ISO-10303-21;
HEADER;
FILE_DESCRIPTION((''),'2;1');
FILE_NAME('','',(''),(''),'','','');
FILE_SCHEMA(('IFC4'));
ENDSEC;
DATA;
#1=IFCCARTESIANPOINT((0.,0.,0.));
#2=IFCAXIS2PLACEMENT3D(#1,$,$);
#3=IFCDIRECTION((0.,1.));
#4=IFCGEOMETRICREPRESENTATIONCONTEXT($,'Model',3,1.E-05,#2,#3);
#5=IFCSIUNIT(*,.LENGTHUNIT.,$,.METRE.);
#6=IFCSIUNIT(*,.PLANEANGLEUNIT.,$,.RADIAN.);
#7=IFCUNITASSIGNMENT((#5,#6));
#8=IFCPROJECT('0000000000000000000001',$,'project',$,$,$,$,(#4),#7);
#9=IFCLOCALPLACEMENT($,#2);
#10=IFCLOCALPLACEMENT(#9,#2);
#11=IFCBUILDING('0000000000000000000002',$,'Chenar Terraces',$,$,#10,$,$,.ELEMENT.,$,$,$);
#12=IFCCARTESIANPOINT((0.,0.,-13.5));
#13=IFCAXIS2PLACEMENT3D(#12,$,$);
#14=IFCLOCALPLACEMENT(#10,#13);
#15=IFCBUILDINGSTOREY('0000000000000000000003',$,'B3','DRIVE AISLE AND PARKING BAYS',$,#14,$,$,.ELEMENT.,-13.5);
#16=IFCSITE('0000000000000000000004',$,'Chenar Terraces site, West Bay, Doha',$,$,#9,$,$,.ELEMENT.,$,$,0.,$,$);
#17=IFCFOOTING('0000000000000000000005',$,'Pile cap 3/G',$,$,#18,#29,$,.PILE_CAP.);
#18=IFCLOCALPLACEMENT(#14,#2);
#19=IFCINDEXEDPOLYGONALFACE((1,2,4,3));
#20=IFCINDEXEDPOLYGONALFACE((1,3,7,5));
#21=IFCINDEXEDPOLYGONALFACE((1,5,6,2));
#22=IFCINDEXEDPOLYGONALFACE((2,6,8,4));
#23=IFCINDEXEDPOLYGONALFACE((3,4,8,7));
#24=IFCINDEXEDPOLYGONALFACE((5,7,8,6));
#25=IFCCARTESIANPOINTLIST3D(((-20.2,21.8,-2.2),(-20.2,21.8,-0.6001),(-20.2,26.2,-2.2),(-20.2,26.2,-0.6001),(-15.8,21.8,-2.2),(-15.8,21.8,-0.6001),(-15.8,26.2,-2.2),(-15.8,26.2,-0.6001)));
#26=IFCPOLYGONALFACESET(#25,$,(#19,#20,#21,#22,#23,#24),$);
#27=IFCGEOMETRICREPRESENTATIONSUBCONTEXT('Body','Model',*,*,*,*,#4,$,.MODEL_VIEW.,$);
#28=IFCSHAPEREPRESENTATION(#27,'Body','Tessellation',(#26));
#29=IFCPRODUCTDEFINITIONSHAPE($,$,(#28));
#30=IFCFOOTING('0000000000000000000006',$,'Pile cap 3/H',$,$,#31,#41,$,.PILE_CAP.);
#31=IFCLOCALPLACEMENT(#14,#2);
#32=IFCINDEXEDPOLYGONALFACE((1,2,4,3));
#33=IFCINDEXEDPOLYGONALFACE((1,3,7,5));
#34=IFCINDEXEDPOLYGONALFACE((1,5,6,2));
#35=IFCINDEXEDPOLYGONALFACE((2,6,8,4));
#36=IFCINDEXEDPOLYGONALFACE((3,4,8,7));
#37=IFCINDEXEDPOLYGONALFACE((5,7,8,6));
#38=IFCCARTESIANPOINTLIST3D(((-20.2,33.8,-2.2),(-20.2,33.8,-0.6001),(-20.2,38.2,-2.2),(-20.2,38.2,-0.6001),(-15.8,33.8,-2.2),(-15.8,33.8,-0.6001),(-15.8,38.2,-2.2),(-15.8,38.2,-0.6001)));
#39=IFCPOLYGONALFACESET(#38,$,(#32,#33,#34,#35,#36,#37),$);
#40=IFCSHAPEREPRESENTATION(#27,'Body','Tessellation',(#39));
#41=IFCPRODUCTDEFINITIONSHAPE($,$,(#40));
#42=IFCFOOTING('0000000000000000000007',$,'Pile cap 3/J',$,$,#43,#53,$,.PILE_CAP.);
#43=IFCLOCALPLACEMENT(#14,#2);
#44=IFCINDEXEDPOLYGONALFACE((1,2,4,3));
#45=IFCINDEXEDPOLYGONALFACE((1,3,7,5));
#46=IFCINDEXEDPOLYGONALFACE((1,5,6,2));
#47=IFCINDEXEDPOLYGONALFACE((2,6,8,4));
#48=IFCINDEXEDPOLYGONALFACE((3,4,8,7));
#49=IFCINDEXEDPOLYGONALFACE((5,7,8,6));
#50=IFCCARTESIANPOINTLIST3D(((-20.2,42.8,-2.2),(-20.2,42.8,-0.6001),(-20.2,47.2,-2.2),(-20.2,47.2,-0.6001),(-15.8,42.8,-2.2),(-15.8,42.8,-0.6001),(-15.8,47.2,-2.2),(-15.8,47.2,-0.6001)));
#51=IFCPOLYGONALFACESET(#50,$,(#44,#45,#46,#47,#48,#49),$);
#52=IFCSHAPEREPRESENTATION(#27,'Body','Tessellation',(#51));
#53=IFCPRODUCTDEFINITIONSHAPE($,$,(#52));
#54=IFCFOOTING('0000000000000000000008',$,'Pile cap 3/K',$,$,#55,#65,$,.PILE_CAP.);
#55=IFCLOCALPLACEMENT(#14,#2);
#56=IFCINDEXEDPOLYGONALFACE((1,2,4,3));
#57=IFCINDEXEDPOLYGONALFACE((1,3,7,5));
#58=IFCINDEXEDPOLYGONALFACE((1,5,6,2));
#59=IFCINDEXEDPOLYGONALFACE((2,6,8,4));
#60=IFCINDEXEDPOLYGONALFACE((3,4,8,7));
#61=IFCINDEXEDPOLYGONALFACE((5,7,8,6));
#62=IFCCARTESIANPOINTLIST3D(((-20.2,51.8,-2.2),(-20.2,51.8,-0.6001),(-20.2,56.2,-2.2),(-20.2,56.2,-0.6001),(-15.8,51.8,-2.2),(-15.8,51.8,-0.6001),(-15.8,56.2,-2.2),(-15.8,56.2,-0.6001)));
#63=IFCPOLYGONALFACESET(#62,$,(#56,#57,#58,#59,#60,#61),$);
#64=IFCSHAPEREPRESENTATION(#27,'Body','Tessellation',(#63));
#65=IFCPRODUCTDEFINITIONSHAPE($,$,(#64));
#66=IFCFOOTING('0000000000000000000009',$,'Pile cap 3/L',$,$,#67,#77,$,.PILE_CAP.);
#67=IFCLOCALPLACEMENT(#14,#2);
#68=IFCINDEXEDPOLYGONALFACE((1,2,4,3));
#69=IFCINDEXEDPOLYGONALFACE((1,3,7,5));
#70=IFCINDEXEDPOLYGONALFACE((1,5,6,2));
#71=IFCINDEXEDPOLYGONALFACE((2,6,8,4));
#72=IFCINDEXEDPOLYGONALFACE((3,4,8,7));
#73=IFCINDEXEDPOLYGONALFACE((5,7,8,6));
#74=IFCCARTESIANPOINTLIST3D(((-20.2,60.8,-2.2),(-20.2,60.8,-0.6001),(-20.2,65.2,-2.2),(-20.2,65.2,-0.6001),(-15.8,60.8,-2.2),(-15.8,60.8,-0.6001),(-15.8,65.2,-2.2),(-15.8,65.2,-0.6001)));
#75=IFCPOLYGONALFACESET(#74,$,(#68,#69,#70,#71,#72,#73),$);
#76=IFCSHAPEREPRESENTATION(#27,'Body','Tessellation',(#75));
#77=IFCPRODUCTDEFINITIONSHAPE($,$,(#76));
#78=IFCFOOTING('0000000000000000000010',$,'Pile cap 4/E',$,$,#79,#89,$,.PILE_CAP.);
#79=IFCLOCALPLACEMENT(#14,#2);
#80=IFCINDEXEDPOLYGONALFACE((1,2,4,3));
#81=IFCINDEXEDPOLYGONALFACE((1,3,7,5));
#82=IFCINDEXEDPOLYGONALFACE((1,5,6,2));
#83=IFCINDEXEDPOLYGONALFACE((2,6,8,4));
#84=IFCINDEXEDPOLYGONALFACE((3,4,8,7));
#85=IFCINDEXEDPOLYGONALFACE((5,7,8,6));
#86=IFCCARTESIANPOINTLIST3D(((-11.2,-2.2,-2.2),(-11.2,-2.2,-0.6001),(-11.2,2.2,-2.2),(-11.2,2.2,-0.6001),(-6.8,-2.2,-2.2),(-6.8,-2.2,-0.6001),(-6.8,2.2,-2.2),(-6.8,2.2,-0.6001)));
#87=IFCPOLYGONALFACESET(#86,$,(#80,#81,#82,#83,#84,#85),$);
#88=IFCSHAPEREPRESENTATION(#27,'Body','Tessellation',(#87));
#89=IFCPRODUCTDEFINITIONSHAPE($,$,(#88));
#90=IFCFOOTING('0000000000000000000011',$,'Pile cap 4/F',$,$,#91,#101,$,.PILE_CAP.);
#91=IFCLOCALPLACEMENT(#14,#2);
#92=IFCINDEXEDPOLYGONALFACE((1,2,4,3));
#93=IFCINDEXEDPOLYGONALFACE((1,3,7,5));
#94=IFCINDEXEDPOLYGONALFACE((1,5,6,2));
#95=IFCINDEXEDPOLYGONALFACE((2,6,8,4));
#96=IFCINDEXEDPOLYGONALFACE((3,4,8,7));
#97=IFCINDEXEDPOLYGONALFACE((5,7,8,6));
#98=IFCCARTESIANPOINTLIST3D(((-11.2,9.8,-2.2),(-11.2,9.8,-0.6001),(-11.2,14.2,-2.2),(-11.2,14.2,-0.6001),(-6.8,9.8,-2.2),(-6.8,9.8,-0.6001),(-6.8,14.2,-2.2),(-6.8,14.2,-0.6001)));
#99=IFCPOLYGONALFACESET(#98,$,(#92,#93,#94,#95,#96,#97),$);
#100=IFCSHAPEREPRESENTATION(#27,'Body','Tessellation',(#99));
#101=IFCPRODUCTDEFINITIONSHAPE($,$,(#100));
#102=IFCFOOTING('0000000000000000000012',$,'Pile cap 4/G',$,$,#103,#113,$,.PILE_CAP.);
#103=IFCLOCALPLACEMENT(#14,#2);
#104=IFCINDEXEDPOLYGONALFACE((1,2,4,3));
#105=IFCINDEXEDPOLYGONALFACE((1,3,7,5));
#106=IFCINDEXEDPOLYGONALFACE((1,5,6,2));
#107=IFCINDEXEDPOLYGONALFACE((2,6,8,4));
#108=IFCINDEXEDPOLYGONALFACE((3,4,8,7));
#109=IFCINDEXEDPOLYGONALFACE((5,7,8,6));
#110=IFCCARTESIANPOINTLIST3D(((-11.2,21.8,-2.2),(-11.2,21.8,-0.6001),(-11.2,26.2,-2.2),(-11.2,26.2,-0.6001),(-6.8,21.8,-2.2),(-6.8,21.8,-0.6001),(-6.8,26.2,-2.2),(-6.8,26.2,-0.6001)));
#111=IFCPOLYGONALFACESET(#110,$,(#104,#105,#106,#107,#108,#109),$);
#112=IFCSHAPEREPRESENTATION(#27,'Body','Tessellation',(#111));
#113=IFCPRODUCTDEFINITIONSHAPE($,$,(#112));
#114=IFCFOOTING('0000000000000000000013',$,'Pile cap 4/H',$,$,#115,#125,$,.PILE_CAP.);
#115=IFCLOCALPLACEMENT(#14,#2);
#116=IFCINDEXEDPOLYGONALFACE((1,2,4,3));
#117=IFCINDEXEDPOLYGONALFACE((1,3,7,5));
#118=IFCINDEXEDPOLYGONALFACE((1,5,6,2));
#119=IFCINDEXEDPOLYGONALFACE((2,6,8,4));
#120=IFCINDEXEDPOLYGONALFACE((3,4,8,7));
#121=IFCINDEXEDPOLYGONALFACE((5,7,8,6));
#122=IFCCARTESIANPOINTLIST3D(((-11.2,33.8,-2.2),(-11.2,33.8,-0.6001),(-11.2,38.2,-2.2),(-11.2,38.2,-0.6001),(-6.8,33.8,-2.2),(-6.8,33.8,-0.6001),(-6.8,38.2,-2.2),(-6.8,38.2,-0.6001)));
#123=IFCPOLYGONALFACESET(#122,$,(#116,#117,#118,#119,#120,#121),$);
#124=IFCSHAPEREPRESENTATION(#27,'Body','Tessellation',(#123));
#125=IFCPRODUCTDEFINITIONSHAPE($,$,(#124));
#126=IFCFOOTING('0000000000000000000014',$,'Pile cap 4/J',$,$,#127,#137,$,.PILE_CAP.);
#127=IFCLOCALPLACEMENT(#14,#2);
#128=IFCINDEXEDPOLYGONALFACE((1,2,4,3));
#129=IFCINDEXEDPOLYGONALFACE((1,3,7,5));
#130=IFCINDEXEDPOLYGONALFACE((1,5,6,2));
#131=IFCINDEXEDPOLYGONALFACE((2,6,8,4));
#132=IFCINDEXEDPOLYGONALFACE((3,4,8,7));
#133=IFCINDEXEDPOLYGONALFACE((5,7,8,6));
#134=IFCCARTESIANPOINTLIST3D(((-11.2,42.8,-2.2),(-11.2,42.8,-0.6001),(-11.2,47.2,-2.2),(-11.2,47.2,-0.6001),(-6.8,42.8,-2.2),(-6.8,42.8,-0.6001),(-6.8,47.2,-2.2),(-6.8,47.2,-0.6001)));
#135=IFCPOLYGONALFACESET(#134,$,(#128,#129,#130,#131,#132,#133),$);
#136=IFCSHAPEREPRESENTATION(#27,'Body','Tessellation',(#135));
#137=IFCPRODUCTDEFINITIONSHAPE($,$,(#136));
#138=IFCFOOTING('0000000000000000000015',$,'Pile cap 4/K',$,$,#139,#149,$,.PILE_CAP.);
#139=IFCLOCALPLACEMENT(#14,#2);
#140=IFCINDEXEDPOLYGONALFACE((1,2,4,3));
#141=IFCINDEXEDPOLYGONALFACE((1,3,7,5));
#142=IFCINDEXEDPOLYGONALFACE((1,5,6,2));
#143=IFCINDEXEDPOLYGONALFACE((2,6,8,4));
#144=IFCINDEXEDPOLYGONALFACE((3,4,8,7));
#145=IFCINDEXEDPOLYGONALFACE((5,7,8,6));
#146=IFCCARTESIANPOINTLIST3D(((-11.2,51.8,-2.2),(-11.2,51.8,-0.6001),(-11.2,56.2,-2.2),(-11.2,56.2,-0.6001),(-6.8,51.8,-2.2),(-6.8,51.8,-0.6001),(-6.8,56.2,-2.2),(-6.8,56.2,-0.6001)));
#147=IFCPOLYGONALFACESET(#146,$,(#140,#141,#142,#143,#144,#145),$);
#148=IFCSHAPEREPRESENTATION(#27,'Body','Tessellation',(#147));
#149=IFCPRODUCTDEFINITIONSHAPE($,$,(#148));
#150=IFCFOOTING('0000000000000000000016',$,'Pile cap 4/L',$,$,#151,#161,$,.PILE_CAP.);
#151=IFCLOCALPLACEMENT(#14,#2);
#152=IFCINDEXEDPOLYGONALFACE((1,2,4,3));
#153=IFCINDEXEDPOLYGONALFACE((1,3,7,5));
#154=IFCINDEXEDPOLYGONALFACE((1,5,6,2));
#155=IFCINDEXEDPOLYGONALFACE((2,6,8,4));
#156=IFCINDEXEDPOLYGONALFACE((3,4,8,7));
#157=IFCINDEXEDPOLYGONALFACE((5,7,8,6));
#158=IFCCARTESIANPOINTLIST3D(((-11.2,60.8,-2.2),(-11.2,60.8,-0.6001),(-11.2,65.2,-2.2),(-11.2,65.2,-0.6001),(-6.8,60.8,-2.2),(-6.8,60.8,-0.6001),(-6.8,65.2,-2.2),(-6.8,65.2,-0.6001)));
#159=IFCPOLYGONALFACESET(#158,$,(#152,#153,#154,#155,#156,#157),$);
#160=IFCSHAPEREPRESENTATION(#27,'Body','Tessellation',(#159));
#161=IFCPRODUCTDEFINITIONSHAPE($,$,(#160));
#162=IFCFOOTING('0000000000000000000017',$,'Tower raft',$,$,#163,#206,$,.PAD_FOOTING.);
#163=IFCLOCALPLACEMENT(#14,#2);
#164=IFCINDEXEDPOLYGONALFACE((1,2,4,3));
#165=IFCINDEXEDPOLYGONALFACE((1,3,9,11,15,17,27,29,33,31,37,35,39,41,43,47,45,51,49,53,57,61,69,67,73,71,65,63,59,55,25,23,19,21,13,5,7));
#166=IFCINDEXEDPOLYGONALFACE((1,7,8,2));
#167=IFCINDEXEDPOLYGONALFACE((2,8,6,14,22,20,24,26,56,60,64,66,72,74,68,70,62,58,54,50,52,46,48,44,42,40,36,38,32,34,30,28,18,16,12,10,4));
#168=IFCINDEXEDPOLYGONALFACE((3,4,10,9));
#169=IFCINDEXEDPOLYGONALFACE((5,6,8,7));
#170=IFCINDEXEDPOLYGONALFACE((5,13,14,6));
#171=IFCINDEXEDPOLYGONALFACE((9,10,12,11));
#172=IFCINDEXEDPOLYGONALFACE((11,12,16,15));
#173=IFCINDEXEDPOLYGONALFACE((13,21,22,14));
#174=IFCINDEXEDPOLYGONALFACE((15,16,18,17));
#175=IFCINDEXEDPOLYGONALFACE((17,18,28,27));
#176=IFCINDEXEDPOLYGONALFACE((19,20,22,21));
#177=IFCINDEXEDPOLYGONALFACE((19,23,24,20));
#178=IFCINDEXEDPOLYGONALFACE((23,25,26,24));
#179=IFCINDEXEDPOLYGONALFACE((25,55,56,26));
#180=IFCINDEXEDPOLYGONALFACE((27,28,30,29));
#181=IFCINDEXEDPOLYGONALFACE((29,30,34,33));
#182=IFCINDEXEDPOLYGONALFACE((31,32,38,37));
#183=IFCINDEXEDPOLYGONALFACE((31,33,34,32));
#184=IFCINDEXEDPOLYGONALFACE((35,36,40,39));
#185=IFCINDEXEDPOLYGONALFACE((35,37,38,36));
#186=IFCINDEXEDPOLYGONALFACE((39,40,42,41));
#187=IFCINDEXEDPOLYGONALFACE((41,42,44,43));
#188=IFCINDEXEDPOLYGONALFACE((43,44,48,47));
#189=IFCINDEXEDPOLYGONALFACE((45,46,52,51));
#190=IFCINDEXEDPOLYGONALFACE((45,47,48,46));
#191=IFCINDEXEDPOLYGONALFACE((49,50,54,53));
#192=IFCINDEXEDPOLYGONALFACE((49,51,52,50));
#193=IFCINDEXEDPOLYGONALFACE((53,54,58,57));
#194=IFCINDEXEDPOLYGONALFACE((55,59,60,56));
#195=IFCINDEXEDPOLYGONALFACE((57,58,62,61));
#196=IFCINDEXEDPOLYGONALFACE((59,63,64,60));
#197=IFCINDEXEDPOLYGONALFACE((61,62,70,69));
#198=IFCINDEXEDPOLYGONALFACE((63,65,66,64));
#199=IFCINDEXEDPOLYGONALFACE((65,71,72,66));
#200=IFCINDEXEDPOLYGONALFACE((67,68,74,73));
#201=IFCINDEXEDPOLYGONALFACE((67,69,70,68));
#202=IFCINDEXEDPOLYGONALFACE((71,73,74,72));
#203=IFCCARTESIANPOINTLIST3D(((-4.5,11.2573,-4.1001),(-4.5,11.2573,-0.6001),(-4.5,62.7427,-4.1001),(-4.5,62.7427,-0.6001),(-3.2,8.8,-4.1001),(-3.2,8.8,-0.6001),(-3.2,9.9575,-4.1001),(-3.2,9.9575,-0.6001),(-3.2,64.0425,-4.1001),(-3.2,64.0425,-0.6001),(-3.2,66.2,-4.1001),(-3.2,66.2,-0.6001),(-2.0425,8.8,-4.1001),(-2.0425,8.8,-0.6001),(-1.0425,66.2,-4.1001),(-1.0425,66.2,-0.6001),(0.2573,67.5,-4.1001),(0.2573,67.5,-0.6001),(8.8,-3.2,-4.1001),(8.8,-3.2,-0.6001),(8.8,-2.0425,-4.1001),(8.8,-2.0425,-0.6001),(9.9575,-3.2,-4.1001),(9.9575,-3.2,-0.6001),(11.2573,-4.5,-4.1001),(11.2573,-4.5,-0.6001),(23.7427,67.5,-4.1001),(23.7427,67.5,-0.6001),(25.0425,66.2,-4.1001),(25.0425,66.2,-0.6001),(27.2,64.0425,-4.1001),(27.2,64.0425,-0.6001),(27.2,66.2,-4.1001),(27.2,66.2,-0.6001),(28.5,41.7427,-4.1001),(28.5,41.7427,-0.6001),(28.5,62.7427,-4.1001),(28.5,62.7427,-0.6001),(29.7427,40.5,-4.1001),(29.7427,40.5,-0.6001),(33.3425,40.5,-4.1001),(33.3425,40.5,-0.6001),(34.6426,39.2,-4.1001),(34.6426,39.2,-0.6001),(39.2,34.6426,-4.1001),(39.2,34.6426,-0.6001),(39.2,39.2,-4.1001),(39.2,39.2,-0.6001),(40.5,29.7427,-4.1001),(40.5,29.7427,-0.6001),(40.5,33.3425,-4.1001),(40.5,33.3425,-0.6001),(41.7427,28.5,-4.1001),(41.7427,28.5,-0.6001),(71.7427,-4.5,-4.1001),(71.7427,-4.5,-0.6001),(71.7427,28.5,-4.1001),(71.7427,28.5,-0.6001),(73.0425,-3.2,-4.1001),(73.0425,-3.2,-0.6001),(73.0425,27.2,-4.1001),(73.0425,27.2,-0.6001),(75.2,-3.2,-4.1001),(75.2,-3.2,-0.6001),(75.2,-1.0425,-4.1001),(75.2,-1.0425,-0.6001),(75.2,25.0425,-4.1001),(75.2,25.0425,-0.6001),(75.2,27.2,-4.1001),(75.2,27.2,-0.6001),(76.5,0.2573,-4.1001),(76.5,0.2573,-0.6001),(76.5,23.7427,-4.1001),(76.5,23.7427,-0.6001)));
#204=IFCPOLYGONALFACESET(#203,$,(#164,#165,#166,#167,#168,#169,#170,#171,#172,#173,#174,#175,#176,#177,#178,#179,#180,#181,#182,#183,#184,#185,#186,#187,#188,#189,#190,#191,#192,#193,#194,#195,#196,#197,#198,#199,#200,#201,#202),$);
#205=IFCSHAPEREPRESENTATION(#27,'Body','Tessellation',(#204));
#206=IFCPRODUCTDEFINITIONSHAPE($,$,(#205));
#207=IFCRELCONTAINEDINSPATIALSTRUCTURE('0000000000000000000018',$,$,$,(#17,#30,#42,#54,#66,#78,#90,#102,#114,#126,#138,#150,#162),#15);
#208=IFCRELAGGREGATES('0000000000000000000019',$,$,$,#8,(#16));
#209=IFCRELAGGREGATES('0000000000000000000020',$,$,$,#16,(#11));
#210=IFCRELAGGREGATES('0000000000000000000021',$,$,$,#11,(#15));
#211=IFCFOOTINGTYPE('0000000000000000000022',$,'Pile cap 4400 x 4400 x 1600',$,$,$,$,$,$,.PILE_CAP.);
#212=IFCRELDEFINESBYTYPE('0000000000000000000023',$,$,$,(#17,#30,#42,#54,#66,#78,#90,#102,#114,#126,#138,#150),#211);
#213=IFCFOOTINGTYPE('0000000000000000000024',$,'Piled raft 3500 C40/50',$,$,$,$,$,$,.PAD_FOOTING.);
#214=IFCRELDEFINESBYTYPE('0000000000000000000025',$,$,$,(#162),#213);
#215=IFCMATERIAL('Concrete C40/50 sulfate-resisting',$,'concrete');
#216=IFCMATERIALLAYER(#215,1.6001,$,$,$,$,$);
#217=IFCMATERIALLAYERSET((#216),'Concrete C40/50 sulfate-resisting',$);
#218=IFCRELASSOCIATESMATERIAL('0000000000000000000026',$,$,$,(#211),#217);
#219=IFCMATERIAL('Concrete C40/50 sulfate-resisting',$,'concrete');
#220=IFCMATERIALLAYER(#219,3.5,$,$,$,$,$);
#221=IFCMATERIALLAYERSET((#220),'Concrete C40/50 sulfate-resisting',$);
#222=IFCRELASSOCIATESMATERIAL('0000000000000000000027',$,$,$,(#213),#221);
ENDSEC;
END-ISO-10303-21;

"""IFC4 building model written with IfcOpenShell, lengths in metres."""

from ifc_helpers import new_model, si_unit, direction, frame, origin, place, context, subcontext, project, spatial, polyline, outline, extrude, material, layer, layer_set, type_object, element, save


model = new_model("IFC4")

# Units and contexts
model_context = context("Model", 3, precision=1e-05, world=origin(), true_north=direction((0.0, 1.0)))
body_context = subcontext(model_context, "Body", "Model", "MODEL_VIEW")
ifc_project = project(units=[si_unit("LENGTHUNIT", "METRE"), si_unit("PLANEANGLEUNIT", "RADIAN")], contexts=[model_context])

# Site, building, storey
site_placement = place(None, origin())
site = spatial("IfcSite", under=ifc_project, at=site_placement, Name="Chenar Terraces site, West Bay, Doha", CompositionType="ELEMENT", RefElevation=0.0)
building_placement = place(site_placement, origin())
building = spatial("IfcBuilding", under=site, at=building_placement, Name="Chenar Terraces", CompositionType="ELEMENT")
storey_placement = place(building_placement, frame((0.0, 0.0, -13.5)))
storey = spatial("IfcBuildingStorey", under=building, at=storey_placement, Name="B3", Description="DRIVE AISLE AND PARKING BAYS", CompositionType="ELEMENT", Elevation=-13.5)

# Footings
ifc_material_1 = material(Name="Concrete C40/50 sulfate-resisting", Category="concrete")
ifc_layer_1 = layer(ifc_material_1, 1.6001)
ifc_layer_set_1 = layer_set([ifc_layer_1], Name="Concrete C40/50 sulfate-resisting")
footing_type_1 = type_object("IfcFootingType", Name="Pile cap 4400 x 4400 x 1600", PredefinedType="PILE_CAP", material=ifc_layer_set_1)
placement = place(storey_placement, frame((0.0, 0.0, -2.2)))
element("IfcFooting", 1, at=placement, inside=storey, type_object=footing_type_1, Name="Pile cap 3/G", PredefinedType="PILE_CAP", context=body_context, shape_type="SweptSolid", body=[
    extrude(outline(polyline([(-15.8, 21.8), (-15.8, 26.2), (-20.2, 26.2), (-20.2, 21.8), (-15.8, 21.8)])), origin(), (0.0, 0.0, 1.0), 1.5999),
])
element("IfcFooting", 2, at=placement, inside=storey, type_object=footing_type_1, Name="Pile cap 3/H", PredefinedType="PILE_CAP", context=body_context, shape_type="SweptSolid", body=[
    extrude(outline(polyline([(-15.8, 33.8), (-15.8, 38.2), (-20.2, 38.2), (-20.2, 33.8), (-15.8, 33.8)])), origin(), (0.0, 0.0, 1.0), 1.5999),
])
element("IfcFooting", 3, at=placement, inside=storey, type_object=footing_type_1, Name="Pile cap 3/J", PredefinedType="PILE_CAP", context=body_context, shape_type="SweptSolid", body=[
    extrude(outline(polyline([(-15.8, 42.8), (-15.8, 47.2), (-20.2, 47.2), (-20.2, 42.8), (-15.8, 42.8)])), origin(), (0.0, 0.0, 1.0), 1.5999),
])
element("IfcFooting", 4, at=placement, inside=storey, type_object=footing_type_1, Name="Pile cap 3/K", PredefinedType="PILE_CAP", context=body_context, shape_type="SweptSolid", body=[
    extrude(outline(polyline([(-15.8, 51.8), (-15.8, 56.2), (-20.2, 56.2), (-20.2, 51.8), (-15.8, 51.8)])), origin(), (0.0, 0.0, 1.0), 1.5999),
])
element("IfcFooting", 5, at=placement, inside=storey, type_object=footing_type_1, Name="Pile cap 3/L", PredefinedType="PILE_CAP", context=body_context, shape_type="SweptSolid", body=[
    extrude(outline(polyline([(-15.8, 60.8), (-15.8, 65.2), (-20.2, 65.2), (-20.2, 60.8), (-15.8, 60.8)])), origin(), (0.0, 0.0, 1.0), 1.5999),
])
element("IfcFooting", 6, at=placement, inside=storey, type_object=footing_type_1, Name="Pile cap 4/E", PredefinedType="PILE_CAP", context=body_context, shape_type="SweptSolid", body=[
    extrude(outline(polyline([(-6.8, -2.2), (-6.8, 2.2), (-11.2, 2.2), (-11.2, -2.2), (-6.8, -2.2)])), origin(), (0.0, 0.0, 1.0), 1.5999),
])
element("IfcFooting", 7, at=placement, inside=storey, type_object=footing_type_1, Name="Pile cap 4/F", PredefinedType="PILE_CAP", context=body_context, shape_type="SweptSolid", body=[
    extrude(outline(polyline([(-6.8, 9.8), (-6.8, 14.2), (-11.2, 14.2), (-11.2, 9.8), (-6.8, 9.8)])), origin(), (0.0, 0.0, 1.0), 1.5999),
])
element("IfcFooting", 8, at=placement, inside=storey, type_object=footing_type_1, Name="Pile cap 4/G", PredefinedType="PILE_CAP", context=body_context, shape_type="SweptSolid", body=[
    extrude(outline(polyline([(-6.8, 21.8), (-6.8, 26.2), (-11.2, 26.2), (-11.2, 21.8), (-6.8, 21.8)])), origin(), (0.0, 0.0, 1.0), 1.5999),
])
element("IfcFooting", 9, at=placement, inside=storey, type_object=footing_type_1, Name="Pile cap 4/H", PredefinedType="PILE_CAP", context=body_context, shape_type="SweptSolid", body=[
    extrude(outline(polyline([(-6.8, 33.8), (-6.8, 38.2), (-11.2, 38.2), (-11.2, 33.8), (-6.8, 33.8)])), origin(), (0.0, 0.0, 1.0), 1.5999),
])
element("IfcFooting", 10, at=placement, inside=storey, type_object=footing_type_1, Name="Pile cap 4/J", PredefinedType="PILE_CAP", context=body_context, shape_type="SweptSolid", body=[
    extrude(outline(polyline([(-6.8, 42.8), (-6.8, 47.2), (-11.2, 47.2), (-11.2, 42.8), (-6.8, 42.8)])), origin(), (0.0, 0.0, 1.0), 1.5999),
])
element("IfcFooting", 11, at=placement, inside=storey, type_object=footing_type_1, Name="Pile cap 4/K", PredefinedType="PILE_CAP", context=body_context, shape_type="SweptSolid", body=[
    extrude(outline(polyline([(-6.8, 51.8), (-6.8, 56.2), (-11.2, 56.2), (-11.2, 51.8), (-6.8, 51.8)])), origin(), (0.0, 0.0, 1.0), 1.5999),
])
element("IfcFooting", 12, at=placement, inside=storey, type_object=footing_type_1, Name="Pile cap 4/L", PredefinedType="PILE_CAP", context=body_context, shape_type="SweptSolid", body=[
    extrude(outline(polyline([(-6.8, 60.8), (-6.8, 65.2), (-11.2, 65.2), (-11.2, 60.8), (-6.8, 60.8)])), origin(), (0.0, 0.0, 1.0), 1.5999),
])
ifc_material_2 = material(Name="Concrete C40/50 sulfate-resisting", Category="concrete")
ifc_layer_2 = layer(ifc_material_2, 3.5)
ifc_layer_set_2 = layer_set([ifc_layer_2], Name="Concrete C40/50 sulfate-resisting")
footing_type_2 = type_object("IfcFootingType", Name="Piled raft 3500 C40/50", PredefinedType="PAD_FOOTING", material=ifc_layer_set_2)
footing_1_placement = place(storey_placement, frame((0.0, 0.0, -4.1001)))
element("IfcFooting", 13, at=footing_1_placement, inside=storey, type_object=footing_type_2, Name="Tower raft", PredefinedType="PAD_FOOTING", context=body_context, shape_type="SweptSolid", body=[
    extrude(outline(polyline([(75.2, 27.2), (75.2, 25.0425), (76.5, 23.7427), (76.5, 0.2573), (75.2, -1.0425), (75.2, -3.2), (73.0425, -3.2), (71.7427, -4.5), (11.2573, -4.5), (9.9575, -3.2), (8.8, -3.2), (8.8, -2.0425), (-2.0425, 8.8), (-3.2, 8.8), (-3.2, 9.9575), (-4.5, 11.2573), (-4.5, 62.7427), (-3.2, 64.0425), (-3.2, 66.2), (-1.0425, 66.2), (0.2573, 67.5), (23.7427, 67.5), (25.0425, 66.2), (27.2, 66.2), (27.2, 64.0425), (28.5, 62.7427), (28.5, 41.7427), (29.7427, 40.5), (33.3425, 40.5), (34.6426, 39.2), (39.2, 39.2), (39.2, 34.6426), (40.5, 33.3425), (40.5, 29.7427), (41.7427, 28.5), (71.7427, 28.5), (73.0425, 27.2), (75.2, 27.2)])), origin(), (0.0, 0.0, 1.0), 3.5),
])

save(model, "model.ifc")
